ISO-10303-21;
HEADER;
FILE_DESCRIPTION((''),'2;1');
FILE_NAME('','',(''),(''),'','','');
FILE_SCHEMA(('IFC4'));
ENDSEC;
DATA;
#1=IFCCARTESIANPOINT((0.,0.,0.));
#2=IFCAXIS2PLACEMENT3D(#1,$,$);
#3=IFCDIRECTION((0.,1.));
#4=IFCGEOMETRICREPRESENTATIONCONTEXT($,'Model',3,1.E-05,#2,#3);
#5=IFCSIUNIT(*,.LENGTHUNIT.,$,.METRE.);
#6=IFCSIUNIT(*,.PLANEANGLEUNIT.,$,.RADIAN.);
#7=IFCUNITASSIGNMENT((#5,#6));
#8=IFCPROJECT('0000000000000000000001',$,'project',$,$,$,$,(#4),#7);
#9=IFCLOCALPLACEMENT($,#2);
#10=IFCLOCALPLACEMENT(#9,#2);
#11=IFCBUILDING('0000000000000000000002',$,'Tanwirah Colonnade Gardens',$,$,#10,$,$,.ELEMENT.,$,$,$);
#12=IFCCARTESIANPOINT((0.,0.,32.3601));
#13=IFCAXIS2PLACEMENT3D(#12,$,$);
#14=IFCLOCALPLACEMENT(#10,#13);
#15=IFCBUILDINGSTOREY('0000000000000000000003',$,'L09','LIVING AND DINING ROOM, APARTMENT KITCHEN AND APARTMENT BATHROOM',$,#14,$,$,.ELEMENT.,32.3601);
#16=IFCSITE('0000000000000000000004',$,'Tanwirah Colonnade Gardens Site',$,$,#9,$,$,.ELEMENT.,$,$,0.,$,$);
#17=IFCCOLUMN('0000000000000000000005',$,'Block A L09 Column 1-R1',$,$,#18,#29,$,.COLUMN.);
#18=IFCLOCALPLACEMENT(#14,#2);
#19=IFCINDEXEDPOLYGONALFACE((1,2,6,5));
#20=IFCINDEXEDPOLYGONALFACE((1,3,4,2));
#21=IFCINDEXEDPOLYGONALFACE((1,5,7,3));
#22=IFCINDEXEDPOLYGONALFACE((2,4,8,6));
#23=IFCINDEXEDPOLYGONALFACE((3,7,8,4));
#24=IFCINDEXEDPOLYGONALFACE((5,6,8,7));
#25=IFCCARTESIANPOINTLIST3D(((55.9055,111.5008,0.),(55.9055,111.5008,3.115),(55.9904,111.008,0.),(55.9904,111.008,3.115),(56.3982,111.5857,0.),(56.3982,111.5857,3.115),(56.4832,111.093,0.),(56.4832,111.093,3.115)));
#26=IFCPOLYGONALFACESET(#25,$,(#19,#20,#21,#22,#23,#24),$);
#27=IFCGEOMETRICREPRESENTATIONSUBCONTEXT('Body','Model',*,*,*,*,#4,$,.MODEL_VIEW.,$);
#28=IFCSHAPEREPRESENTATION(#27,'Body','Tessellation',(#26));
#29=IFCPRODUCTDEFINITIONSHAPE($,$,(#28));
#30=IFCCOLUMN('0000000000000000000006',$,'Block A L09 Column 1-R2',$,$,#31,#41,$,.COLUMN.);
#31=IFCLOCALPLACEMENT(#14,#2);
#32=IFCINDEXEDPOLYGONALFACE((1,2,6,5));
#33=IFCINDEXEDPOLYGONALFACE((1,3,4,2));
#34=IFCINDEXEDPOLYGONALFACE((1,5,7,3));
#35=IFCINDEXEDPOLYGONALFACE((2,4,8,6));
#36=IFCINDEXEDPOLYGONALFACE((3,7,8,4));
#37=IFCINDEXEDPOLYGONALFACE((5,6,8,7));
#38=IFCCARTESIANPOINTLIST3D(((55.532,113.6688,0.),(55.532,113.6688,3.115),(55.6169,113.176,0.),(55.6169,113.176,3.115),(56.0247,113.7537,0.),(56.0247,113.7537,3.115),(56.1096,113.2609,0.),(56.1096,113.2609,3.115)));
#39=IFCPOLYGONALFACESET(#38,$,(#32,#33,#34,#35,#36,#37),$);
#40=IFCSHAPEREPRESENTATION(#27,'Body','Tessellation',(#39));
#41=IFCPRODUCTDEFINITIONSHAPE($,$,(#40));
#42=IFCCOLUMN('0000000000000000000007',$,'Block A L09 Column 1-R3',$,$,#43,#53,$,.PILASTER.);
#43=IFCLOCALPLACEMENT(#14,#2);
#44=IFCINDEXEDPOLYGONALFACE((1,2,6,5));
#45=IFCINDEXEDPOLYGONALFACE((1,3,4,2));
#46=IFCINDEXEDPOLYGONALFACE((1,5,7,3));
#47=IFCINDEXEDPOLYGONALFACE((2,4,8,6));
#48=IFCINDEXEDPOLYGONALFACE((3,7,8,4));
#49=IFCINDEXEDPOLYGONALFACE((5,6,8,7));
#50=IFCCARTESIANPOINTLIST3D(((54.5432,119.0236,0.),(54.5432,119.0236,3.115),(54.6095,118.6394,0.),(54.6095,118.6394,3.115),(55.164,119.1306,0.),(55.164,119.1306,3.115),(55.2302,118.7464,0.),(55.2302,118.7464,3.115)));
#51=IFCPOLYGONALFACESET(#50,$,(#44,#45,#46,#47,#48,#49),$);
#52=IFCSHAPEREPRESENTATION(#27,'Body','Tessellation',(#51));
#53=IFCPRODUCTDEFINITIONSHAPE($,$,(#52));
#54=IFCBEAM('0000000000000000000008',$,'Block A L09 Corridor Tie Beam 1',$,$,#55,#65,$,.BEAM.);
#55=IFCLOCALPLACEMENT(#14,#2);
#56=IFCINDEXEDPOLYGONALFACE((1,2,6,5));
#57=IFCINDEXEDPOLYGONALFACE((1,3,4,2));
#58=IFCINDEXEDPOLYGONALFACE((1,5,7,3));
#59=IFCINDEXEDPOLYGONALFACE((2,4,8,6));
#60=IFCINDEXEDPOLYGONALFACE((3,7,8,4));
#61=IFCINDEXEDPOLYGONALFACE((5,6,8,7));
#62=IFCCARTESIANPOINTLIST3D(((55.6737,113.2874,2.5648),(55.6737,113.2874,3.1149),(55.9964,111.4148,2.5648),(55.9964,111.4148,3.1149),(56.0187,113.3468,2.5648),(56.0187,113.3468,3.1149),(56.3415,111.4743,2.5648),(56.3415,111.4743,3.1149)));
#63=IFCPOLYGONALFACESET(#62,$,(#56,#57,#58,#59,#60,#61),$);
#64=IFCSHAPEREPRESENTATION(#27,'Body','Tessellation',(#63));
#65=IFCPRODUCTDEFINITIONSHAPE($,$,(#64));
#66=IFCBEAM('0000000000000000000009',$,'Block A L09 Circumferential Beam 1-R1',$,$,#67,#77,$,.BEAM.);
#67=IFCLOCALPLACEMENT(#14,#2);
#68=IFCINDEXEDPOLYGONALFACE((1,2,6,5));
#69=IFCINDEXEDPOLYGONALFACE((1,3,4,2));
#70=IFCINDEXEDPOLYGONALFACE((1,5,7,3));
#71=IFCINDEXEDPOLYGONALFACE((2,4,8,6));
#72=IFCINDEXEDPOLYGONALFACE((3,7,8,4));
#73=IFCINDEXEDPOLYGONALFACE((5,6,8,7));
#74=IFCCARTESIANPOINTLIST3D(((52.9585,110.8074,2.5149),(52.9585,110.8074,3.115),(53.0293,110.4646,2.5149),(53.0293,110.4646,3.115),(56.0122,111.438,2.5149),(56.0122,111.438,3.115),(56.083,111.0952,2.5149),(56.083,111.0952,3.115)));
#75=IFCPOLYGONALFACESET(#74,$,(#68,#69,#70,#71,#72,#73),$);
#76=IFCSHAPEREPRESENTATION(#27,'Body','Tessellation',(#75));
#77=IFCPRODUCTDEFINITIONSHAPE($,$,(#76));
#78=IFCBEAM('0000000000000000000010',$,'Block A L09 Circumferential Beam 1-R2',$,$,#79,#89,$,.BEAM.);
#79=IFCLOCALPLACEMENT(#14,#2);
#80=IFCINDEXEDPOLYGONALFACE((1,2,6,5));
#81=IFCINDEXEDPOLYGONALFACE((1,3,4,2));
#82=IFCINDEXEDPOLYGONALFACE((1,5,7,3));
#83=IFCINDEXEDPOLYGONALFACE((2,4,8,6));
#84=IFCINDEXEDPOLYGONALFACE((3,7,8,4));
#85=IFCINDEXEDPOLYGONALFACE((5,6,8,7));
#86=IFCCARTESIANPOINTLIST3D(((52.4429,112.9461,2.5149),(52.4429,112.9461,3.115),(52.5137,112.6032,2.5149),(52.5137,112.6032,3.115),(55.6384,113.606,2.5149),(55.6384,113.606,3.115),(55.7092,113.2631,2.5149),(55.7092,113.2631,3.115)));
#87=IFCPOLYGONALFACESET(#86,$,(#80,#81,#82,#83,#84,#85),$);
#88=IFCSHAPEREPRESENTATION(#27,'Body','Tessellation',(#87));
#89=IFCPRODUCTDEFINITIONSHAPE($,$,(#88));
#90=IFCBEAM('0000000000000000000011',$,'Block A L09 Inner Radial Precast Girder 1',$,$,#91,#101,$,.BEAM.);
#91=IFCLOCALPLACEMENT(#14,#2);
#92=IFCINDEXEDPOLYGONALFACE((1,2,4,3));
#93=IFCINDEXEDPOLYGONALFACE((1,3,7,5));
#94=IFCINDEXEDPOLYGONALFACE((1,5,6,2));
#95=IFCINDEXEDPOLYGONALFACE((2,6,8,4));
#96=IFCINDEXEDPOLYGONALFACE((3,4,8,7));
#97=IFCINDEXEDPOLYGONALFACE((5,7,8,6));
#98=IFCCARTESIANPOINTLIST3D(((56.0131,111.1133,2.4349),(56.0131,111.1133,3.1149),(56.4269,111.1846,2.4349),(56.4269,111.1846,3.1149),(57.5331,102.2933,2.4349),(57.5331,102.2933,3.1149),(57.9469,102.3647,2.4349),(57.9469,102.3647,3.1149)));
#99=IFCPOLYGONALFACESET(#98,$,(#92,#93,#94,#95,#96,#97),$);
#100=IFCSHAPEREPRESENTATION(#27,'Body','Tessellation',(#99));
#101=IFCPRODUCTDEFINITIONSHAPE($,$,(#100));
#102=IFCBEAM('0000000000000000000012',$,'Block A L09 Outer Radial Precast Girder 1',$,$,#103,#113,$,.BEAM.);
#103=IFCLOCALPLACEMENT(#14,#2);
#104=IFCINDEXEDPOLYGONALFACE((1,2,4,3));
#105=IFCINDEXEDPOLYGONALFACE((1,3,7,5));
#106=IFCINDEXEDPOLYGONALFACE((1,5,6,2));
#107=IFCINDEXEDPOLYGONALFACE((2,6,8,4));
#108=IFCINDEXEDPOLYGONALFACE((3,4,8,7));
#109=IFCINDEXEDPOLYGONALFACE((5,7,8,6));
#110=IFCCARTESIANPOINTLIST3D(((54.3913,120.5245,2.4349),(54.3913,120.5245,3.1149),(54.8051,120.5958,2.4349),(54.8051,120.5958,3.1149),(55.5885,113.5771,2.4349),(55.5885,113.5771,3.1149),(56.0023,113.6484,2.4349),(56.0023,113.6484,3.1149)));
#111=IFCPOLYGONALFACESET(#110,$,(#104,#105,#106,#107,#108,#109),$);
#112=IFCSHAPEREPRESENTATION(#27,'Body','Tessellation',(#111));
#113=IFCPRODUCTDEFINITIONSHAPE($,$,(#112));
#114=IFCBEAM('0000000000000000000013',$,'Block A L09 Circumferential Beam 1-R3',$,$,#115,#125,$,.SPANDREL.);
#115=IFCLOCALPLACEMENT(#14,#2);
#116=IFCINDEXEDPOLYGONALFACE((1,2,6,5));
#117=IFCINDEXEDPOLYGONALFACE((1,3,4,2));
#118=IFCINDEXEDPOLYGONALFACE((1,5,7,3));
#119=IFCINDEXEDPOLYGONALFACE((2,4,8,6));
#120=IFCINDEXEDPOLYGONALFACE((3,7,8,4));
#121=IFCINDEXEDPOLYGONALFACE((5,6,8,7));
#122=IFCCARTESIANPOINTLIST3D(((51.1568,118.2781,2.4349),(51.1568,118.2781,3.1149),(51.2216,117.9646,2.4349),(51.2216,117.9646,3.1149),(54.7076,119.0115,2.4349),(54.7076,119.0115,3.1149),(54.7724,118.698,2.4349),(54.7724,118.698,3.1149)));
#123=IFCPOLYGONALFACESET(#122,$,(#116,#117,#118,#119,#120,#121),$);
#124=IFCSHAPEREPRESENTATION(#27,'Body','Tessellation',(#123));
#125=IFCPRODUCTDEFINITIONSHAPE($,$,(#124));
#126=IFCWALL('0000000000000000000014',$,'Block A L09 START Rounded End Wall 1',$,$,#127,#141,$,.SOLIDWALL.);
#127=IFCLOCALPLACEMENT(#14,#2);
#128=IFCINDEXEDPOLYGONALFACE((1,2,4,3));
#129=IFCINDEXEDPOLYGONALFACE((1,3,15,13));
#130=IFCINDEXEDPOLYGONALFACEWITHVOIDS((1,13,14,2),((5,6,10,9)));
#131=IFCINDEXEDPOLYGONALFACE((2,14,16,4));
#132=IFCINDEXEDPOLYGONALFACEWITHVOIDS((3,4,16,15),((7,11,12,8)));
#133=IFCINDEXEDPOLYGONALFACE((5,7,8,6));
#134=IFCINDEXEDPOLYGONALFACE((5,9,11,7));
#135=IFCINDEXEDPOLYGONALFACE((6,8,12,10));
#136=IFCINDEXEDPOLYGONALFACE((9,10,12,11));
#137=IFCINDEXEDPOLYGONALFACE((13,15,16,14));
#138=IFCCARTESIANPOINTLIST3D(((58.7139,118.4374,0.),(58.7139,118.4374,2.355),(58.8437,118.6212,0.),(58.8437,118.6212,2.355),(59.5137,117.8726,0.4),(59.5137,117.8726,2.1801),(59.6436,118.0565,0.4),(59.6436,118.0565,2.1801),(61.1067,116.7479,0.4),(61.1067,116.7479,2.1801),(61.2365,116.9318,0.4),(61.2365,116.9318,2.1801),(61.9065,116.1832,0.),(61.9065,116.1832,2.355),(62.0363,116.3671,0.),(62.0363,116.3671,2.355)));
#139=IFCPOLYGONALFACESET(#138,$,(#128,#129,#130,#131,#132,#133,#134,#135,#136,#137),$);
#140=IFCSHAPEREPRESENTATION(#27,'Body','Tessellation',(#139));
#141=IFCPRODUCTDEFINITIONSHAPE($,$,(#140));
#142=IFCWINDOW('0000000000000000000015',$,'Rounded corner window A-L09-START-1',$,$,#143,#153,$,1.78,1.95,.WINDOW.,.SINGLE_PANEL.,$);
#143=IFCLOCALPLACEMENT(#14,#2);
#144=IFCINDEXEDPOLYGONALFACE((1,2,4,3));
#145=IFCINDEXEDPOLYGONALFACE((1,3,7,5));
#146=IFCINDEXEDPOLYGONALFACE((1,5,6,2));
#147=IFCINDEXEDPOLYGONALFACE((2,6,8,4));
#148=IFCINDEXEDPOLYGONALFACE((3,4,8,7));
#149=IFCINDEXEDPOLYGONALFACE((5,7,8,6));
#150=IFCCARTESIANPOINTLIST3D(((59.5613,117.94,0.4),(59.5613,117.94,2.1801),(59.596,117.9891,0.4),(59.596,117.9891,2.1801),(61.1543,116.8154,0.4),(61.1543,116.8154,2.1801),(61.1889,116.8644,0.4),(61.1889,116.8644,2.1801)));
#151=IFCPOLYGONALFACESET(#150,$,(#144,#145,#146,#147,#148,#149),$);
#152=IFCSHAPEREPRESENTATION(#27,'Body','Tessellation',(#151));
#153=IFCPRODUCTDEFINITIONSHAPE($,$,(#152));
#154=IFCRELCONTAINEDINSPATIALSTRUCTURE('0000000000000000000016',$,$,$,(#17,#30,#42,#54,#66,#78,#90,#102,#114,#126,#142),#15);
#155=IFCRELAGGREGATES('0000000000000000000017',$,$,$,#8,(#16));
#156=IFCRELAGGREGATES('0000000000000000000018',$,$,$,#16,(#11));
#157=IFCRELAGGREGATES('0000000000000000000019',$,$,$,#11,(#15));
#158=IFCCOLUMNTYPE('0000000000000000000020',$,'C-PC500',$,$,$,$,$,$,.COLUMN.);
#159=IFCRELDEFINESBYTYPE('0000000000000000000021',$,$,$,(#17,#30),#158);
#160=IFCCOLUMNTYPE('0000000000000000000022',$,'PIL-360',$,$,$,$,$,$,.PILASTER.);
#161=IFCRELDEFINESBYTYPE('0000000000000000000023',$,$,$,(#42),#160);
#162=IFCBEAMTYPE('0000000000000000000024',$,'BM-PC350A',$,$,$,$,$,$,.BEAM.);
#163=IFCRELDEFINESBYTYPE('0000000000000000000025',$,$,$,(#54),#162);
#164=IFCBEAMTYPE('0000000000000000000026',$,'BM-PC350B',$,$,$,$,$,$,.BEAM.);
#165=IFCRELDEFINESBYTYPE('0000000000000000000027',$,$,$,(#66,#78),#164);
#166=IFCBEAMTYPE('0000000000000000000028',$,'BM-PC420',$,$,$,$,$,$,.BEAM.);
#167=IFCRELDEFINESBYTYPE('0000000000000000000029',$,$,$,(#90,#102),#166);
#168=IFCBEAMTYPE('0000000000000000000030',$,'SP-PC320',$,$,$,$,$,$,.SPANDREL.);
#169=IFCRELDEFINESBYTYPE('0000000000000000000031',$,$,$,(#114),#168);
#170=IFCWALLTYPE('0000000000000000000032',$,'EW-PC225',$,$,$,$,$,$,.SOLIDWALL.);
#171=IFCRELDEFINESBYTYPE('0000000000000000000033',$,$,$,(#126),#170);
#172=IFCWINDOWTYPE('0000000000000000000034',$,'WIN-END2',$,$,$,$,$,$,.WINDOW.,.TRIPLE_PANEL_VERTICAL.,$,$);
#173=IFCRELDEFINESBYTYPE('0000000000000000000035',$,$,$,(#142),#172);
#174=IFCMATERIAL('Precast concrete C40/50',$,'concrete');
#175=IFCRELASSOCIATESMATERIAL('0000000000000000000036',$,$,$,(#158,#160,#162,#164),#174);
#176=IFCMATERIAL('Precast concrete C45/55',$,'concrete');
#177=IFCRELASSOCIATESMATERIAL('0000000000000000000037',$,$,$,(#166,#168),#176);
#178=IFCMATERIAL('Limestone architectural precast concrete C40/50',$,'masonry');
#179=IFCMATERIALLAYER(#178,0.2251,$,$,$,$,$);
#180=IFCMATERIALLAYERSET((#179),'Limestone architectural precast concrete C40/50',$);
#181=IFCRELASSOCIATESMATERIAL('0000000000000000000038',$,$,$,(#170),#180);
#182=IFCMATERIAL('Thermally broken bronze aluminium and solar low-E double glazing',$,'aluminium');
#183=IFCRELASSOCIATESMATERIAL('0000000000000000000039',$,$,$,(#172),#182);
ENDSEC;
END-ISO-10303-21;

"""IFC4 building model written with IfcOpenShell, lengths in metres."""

from ifc_helpers import new_model, si_unit, direction, frame, frame_2d, origin, origin_2d, place, context, subcontext, project, spatial, rectangle, extrude, material, layer, layer_set, material_profile, profile_set, type_object, element, fill, save


model = new_model("IFC4")

# Units and contexts
model_context = context("Model", 3, precision=1e-05, world=origin(), true_north=direction((0.0, 1.0)))
body_context = subcontext(model_context, "Body", "Model", "MODEL_VIEW")
ifc_project = project(units=[si_unit("LENGTHUNIT", "METRE"), si_unit("PLANEANGLEUNIT", "RADIAN")], contexts=[model_context])

# Site, building, storey
site_placement = place(None, origin())
site = spatial("IfcSite", under=ifc_project, at=site_placement, Name="Tanwirah Colonnade Gardens Site", CompositionType="ELEMENT", RefElevation=0.0)
building_placement = place(site_placement, origin())
building = spatial("IfcBuilding", under=site, at=building_placement, Name="Tanwirah Colonnade Gardens", CompositionType="ELEMENT")
storey_placement = place(building_placement, frame((0.0, 0.0, 32.3601)))
storey = spatial("IfcBuildingStorey", under=building, at=storey_placement, Name="L09", Description="LIVING AND DINING ROOM, APARTMENT KITCHEN AND APARTMENT BATHROOM", CompositionType="ELEMENT", Elevation=32.3601)

# Columns
ifc_material_1 = material(Name="Precast concrete C40/50", Category="concrete")
ifc_material_profile_1 = material_profile(ifc_material_1, rectangle(XDim=0.5, YDim=0.5, at=origin_2d()), Name="PC-COL 500x500")
ifc_profile_set_1 = profile_set([ifc_material_profile_1], Name="Precast concrete C40/50")
column_type_1 = type_object("IfcColumnType", Name="C-PC500", PredefinedType="COLUMN", material=ifc_profile_set_1)
for number, where, z_axis, x_axis, name in (
    (1, (56.1943, 111.2969, 0.0), (0.0, 0.0, 1.0), (-0.169827, 0.985474, 0.0), "Block A L09 Column 1-R1"),
    (2, (55.8208, 113.4648, 0.0), (0.0, 0.0, 1.0), (-0.169827, 0.985474, 0.0), "Block A L09 Column 1-R2"),
):
    element("IfcColumn", number, at=place(storey_placement, frame(where, z_axis=z_axis, x_axis=x_axis)), inside=storey, type_object=column_type_1, Name=name, PredefinedType="COLUMN", context=body_context, shape_type="SweptSolid", body=[
        extrude(rectangle(XDim=0.5, YDim=0.5, at=origin_2d()), origin(), (0.0, 0.0, 1.0), 3.115),
    ])
ifc_material_profile_2 = material_profile(ifc_material_1, rectangle(XDim=0.3899, YDim=0.6299, at=origin_2d()), Name="PC-PIL 390x630")
ifc_profile_set_2 = profile_set([ifc_material_profile_2], Name="Precast concrete C40/50")
column_type_2 = type_object("IfcColumnType", Name="PIL-360", PredefinedType="PILASTER", material=ifc_profile_set_2)
column_placement = place(storey_placement, frame((54.8867, 118.885, 0.0), z_axis=(0.0, 0.0, 1.0), x_axis=(-0.169827, 0.985474, 0.0)))
element("IfcColumn", 3, at=column_placement, inside=storey, type_object=column_type_2, Name="Block A L09 Column 1-R3", PredefinedType="PILASTER", context=body_context, shape_type="SweptSolid", body=[
    extrude(rectangle(XDim=0.3899, YDim=0.6299, at=origin_2d()), origin(), (0.0, 0.0, 1.0), 3.115),
])

# Beams
ifc_material_profile_3 = material_profile(ifc_material_1, rectangle(XDim=0.3501, YDim=0.55, at=origin_2d()), Name="PC-BM 350x550")
ifc_profile_set_3 = profile_set([ifc_material_profile_3], Name="Precast concrete C40/50")
beam_type_1 = type_object("IfcBeamType", Name="BM-PC350A", PredefinedType="BEAM", material=ifc_profile_set_3)
beam_1_placement = place(storey_placement, frame((56.1689, 111.4446, 2.8398), z_axis=(-0.169855, 0.985469, 0.0), x_axis=(-0.985469, -0.169855, 0.0)))
element("IfcBeam", 4, at=beam_1_placement, inside=storey, type_object=beam_type_1, Name="Block A L09 Corridor Tie Beam 1", PredefinedType="BEAM", context=body_context, shape_type="SweptSolid", body=[
    extrude(rectangle(XDim=0.3501, YDim=0.55, at=origin_2d()), origin(), (0.0, 0.0, 1.0), 1.9001),
])
ifc_material_profile_4 = material_profile(ifc_material_1, rectangle(XDim=0.3501, YDim=0.6001, at=origin_2d()), Name="PC-BM 350x600")
ifc_profile_set_4 = profile_set([ifc_material_profile_4], Name="Precast concrete C40/50")
beam_type_2 = type_object("IfcBeamType", Name="BM-PC350B", PredefinedType="BEAM", material=ifc_profile_set_4)
beam_2_placement = place(storey_placement, frame((56.0476, 111.2666, 2.8149), z_axis=(-0.979336, -0.202241, 0.0), x_axis=(0.202241, -0.979336, 0.0)))
element("IfcBeam", 5, at=beam_2_placement, inside=storey, type_object=beam_type_2, Name="Block A L09 Circumferential Beam 1-R1", PredefinedType="BEAM", context=body_context, shape_type="SweptSolid", body=[
    extrude(rectangle(XDim=0.3501, YDim=0.6001, at=origin_2d()), origin(), (0.0, 0.0, 1.0), 3.1182),
])
beam_3_placement = place(storey_placement, frame((55.6738, 113.4346, 2.8149), z_axis=(-0.979336, -0.202242, 0.0), x_axis=(0.202242, -0.979336, 0.0)))
element("IfcBeam", 6, at=beam_3_placement, inside=storey, type_object=beam_type_2, Name="Block A L09 Circumferential Beam 1-R2", PredefinedType="BEAM", context=body_context, shape_type="SweptSolid", body=[
    extrude(rectangle(XDim=0.3501, YDim=0.6001, at=origin_2d()), origin(), (0.0, 0.0, 1.0), 3.2629),
])
ifc_material_2 = material(Name="Precast concrete C45/55", Category="concrete")
ifc_material_profile_5 = material_profile(ifc_material_2, rectangle(XDim=0.4199, YDim=0.6799, at=origin_2d()), Name="PC-BM 420x680")
ifc_profile_set_5 = profile_set([ifc_material_profile_5], Name="Precast concrete C45/55")
beam_type_3 = type_object("IfcBeamType", Name="BM-PC420", PredefinedType="BEAM", material=ifc_profile_set_5)
beam_4_placement = place(storey_placement, frame((56.22, 111.1489, 2.7749), z_axis=(0.169837, -0.985472, 0.0), x_axis=(0.985472, 0.169837, 0.0)))
element("IfcBeam", 7, at=beam_4_placement, inside=storey, type_object=beam_type_3, Name="Block A L09 Inner Radial Precast Girder 1", PredefinedType="BEAM", context=body_context, shape_type="SweptSolid", body=[
    extrude(rectangle(XDim=0.4199, YDim=0.6799, at=origin_2d()), origin(), (0.0, 0.0, 1.0), 8.95),
])
beam_5_placement = place(storey_placement, frame((55.7954, 113.6128, 2.7749), z_axis=(-0.169827, 0.985474, 0.0), x_axis=(-0.985474, -0.169827, 0.0)))
element("IfcBeam", 8, at=beam_5_placement, inside=storey, type_object=beam_type_3, Name="Block A L09 Outer Radial Precast Girder 1", PredefinedType="BEAM", context=body_context, shape_type="SweptSolid", body=[
    extrude(rectangle(XDim=0.4199, YDim=0.6799, at=origin_2d()), origin(), (0.0, 0.0, 1.0), 7.0498),
])
ifc_material_profile_6 = material_profile(ifc_material_2, rectangle(XDim=0.3201, YDim=0.6799, at=origin_2d()), Name="PC-SP 320x680")
ifc_profile_set_6 = profile_set([ifc_material_profile_6], Name="Precast concrete C45/55")
beam_type_4 = type_object("IfcBeamType", Name="SP-PC320", PredefinedType="SPANDREL", material=ifc_profile_set_6)
beam_6_placement = place(storey_placement, frame((54.74, 118.8547, 2.7749), z_axis=(-0.979329, -0.202276, 0.0), x_axis=(0.202276, -0.979329, 0.0)))
element("IfcBeam", 9, at=beam_6_placement, inside=storey, type_object=beam_type_4, Name="Block A L09 Circumferential Beam 1-R3", PredefinedType="SPANDREL", context=body_context, shape_type="SweptSolid", body=[
    extrude(rectangle(XDim=0.3201, YDim=0.6799, at=origin_2d()), origin(), (0.0, 0.0, 1.0), 3.6257),
])

# Wall, opening, window
ifc_material_3 = material(Name="Limestone architectural precast concrete C40/50", Category="masonry")
ifc_layer_1 = layer(ifc_material_3, 0.2251)
ifc_layer_set_1 = layer_set([ifc_layer_1], Name="Limestone architectural precast concrete C40/50")
wall_type_1 = type_object("IfcWallType", Name="EW-PC225", PredefinedType="SOLIDWALL", material=ifc_layer_set_1)
wall_1_placement = place(storey_placement, frame((58.7788, 118.5293, 0.0), z_axis=(0.0, 0.0, 1.0), x_axis=(0.816904, -0.576774, 0.0)))
wall_1 = element("IfcWall", 10, at=wall_1_placement, inside=storey, type_object=wall_type_1, Name="Block A L09 START Rounded End Wall 1", PredefinedType="SOLIDWALL", context=body_context, shape_type="SweptSolid", body=[
    extrude(rectangle(XDim=3.9082, YDim=0.2251, at=frame_2d((1.9541, 0.0))), origin(), (0.0, 0.0, 1.0), 2.355),
])
opening_1_placement = place(wall_1_placement, frame((0.979, 0.0, 0.3999)))
opening_1 = element("IfcOpeningElement", 11, at=opening_1_placement, cuts=wall_1, PredefinedType="OPENING", context=body_context, shape_type="SweptSolid", body=[
    extrude(rectangle(XDim=1.95, YDim=1.78, at=frame_2d((0.9751, 0.8901))), frame((0.0, 0.1226, 0.0), z_axis=(0.0, -1.0, 0.0), x_axis=(1.0, 0.0, 0.0)), (0.0, 0.0, 1.0), 0.2451),
])
ifc_material_4 = material(Name="Thermally broken bronze aluminium and solar low-E double glazing", Category="aluminium")
window_type = type_object("IfcWindowType", Name="WIN-END2", PartitioningType="TRIPLE_PANEL_VERTICAL", PredefinedType="WINDOW", material=ifc_material_4)
window_1_placement = place(opening_1_placement, origin())
window_1 = element("IfcWindow", 12, at=window_1_placement, inside=storey, type_object=window_type, Name="Rounded corner window A-L09-START-1", OverallHeight=1.78, OverallWidth=1.95, PartitioningType="SINGLE_PANEL", PredefinedType="WINDOW", context=body_context, shape_type="SweptSolid", body=[
    extrude(rectangle(XDim=1.95, YDim=1.78, at=frame_2d((0.9751, 0.8901))), frame((0.0, 0.03, 0.0), z_axis=(0.0, -1.0, 0.0), x_axis=(1.0, 0.0, 0.0)), (0.0, 0.0, 1.0), 0.0601),
])
fill(opening_1, window_1)

save(model, "model.ifc")
